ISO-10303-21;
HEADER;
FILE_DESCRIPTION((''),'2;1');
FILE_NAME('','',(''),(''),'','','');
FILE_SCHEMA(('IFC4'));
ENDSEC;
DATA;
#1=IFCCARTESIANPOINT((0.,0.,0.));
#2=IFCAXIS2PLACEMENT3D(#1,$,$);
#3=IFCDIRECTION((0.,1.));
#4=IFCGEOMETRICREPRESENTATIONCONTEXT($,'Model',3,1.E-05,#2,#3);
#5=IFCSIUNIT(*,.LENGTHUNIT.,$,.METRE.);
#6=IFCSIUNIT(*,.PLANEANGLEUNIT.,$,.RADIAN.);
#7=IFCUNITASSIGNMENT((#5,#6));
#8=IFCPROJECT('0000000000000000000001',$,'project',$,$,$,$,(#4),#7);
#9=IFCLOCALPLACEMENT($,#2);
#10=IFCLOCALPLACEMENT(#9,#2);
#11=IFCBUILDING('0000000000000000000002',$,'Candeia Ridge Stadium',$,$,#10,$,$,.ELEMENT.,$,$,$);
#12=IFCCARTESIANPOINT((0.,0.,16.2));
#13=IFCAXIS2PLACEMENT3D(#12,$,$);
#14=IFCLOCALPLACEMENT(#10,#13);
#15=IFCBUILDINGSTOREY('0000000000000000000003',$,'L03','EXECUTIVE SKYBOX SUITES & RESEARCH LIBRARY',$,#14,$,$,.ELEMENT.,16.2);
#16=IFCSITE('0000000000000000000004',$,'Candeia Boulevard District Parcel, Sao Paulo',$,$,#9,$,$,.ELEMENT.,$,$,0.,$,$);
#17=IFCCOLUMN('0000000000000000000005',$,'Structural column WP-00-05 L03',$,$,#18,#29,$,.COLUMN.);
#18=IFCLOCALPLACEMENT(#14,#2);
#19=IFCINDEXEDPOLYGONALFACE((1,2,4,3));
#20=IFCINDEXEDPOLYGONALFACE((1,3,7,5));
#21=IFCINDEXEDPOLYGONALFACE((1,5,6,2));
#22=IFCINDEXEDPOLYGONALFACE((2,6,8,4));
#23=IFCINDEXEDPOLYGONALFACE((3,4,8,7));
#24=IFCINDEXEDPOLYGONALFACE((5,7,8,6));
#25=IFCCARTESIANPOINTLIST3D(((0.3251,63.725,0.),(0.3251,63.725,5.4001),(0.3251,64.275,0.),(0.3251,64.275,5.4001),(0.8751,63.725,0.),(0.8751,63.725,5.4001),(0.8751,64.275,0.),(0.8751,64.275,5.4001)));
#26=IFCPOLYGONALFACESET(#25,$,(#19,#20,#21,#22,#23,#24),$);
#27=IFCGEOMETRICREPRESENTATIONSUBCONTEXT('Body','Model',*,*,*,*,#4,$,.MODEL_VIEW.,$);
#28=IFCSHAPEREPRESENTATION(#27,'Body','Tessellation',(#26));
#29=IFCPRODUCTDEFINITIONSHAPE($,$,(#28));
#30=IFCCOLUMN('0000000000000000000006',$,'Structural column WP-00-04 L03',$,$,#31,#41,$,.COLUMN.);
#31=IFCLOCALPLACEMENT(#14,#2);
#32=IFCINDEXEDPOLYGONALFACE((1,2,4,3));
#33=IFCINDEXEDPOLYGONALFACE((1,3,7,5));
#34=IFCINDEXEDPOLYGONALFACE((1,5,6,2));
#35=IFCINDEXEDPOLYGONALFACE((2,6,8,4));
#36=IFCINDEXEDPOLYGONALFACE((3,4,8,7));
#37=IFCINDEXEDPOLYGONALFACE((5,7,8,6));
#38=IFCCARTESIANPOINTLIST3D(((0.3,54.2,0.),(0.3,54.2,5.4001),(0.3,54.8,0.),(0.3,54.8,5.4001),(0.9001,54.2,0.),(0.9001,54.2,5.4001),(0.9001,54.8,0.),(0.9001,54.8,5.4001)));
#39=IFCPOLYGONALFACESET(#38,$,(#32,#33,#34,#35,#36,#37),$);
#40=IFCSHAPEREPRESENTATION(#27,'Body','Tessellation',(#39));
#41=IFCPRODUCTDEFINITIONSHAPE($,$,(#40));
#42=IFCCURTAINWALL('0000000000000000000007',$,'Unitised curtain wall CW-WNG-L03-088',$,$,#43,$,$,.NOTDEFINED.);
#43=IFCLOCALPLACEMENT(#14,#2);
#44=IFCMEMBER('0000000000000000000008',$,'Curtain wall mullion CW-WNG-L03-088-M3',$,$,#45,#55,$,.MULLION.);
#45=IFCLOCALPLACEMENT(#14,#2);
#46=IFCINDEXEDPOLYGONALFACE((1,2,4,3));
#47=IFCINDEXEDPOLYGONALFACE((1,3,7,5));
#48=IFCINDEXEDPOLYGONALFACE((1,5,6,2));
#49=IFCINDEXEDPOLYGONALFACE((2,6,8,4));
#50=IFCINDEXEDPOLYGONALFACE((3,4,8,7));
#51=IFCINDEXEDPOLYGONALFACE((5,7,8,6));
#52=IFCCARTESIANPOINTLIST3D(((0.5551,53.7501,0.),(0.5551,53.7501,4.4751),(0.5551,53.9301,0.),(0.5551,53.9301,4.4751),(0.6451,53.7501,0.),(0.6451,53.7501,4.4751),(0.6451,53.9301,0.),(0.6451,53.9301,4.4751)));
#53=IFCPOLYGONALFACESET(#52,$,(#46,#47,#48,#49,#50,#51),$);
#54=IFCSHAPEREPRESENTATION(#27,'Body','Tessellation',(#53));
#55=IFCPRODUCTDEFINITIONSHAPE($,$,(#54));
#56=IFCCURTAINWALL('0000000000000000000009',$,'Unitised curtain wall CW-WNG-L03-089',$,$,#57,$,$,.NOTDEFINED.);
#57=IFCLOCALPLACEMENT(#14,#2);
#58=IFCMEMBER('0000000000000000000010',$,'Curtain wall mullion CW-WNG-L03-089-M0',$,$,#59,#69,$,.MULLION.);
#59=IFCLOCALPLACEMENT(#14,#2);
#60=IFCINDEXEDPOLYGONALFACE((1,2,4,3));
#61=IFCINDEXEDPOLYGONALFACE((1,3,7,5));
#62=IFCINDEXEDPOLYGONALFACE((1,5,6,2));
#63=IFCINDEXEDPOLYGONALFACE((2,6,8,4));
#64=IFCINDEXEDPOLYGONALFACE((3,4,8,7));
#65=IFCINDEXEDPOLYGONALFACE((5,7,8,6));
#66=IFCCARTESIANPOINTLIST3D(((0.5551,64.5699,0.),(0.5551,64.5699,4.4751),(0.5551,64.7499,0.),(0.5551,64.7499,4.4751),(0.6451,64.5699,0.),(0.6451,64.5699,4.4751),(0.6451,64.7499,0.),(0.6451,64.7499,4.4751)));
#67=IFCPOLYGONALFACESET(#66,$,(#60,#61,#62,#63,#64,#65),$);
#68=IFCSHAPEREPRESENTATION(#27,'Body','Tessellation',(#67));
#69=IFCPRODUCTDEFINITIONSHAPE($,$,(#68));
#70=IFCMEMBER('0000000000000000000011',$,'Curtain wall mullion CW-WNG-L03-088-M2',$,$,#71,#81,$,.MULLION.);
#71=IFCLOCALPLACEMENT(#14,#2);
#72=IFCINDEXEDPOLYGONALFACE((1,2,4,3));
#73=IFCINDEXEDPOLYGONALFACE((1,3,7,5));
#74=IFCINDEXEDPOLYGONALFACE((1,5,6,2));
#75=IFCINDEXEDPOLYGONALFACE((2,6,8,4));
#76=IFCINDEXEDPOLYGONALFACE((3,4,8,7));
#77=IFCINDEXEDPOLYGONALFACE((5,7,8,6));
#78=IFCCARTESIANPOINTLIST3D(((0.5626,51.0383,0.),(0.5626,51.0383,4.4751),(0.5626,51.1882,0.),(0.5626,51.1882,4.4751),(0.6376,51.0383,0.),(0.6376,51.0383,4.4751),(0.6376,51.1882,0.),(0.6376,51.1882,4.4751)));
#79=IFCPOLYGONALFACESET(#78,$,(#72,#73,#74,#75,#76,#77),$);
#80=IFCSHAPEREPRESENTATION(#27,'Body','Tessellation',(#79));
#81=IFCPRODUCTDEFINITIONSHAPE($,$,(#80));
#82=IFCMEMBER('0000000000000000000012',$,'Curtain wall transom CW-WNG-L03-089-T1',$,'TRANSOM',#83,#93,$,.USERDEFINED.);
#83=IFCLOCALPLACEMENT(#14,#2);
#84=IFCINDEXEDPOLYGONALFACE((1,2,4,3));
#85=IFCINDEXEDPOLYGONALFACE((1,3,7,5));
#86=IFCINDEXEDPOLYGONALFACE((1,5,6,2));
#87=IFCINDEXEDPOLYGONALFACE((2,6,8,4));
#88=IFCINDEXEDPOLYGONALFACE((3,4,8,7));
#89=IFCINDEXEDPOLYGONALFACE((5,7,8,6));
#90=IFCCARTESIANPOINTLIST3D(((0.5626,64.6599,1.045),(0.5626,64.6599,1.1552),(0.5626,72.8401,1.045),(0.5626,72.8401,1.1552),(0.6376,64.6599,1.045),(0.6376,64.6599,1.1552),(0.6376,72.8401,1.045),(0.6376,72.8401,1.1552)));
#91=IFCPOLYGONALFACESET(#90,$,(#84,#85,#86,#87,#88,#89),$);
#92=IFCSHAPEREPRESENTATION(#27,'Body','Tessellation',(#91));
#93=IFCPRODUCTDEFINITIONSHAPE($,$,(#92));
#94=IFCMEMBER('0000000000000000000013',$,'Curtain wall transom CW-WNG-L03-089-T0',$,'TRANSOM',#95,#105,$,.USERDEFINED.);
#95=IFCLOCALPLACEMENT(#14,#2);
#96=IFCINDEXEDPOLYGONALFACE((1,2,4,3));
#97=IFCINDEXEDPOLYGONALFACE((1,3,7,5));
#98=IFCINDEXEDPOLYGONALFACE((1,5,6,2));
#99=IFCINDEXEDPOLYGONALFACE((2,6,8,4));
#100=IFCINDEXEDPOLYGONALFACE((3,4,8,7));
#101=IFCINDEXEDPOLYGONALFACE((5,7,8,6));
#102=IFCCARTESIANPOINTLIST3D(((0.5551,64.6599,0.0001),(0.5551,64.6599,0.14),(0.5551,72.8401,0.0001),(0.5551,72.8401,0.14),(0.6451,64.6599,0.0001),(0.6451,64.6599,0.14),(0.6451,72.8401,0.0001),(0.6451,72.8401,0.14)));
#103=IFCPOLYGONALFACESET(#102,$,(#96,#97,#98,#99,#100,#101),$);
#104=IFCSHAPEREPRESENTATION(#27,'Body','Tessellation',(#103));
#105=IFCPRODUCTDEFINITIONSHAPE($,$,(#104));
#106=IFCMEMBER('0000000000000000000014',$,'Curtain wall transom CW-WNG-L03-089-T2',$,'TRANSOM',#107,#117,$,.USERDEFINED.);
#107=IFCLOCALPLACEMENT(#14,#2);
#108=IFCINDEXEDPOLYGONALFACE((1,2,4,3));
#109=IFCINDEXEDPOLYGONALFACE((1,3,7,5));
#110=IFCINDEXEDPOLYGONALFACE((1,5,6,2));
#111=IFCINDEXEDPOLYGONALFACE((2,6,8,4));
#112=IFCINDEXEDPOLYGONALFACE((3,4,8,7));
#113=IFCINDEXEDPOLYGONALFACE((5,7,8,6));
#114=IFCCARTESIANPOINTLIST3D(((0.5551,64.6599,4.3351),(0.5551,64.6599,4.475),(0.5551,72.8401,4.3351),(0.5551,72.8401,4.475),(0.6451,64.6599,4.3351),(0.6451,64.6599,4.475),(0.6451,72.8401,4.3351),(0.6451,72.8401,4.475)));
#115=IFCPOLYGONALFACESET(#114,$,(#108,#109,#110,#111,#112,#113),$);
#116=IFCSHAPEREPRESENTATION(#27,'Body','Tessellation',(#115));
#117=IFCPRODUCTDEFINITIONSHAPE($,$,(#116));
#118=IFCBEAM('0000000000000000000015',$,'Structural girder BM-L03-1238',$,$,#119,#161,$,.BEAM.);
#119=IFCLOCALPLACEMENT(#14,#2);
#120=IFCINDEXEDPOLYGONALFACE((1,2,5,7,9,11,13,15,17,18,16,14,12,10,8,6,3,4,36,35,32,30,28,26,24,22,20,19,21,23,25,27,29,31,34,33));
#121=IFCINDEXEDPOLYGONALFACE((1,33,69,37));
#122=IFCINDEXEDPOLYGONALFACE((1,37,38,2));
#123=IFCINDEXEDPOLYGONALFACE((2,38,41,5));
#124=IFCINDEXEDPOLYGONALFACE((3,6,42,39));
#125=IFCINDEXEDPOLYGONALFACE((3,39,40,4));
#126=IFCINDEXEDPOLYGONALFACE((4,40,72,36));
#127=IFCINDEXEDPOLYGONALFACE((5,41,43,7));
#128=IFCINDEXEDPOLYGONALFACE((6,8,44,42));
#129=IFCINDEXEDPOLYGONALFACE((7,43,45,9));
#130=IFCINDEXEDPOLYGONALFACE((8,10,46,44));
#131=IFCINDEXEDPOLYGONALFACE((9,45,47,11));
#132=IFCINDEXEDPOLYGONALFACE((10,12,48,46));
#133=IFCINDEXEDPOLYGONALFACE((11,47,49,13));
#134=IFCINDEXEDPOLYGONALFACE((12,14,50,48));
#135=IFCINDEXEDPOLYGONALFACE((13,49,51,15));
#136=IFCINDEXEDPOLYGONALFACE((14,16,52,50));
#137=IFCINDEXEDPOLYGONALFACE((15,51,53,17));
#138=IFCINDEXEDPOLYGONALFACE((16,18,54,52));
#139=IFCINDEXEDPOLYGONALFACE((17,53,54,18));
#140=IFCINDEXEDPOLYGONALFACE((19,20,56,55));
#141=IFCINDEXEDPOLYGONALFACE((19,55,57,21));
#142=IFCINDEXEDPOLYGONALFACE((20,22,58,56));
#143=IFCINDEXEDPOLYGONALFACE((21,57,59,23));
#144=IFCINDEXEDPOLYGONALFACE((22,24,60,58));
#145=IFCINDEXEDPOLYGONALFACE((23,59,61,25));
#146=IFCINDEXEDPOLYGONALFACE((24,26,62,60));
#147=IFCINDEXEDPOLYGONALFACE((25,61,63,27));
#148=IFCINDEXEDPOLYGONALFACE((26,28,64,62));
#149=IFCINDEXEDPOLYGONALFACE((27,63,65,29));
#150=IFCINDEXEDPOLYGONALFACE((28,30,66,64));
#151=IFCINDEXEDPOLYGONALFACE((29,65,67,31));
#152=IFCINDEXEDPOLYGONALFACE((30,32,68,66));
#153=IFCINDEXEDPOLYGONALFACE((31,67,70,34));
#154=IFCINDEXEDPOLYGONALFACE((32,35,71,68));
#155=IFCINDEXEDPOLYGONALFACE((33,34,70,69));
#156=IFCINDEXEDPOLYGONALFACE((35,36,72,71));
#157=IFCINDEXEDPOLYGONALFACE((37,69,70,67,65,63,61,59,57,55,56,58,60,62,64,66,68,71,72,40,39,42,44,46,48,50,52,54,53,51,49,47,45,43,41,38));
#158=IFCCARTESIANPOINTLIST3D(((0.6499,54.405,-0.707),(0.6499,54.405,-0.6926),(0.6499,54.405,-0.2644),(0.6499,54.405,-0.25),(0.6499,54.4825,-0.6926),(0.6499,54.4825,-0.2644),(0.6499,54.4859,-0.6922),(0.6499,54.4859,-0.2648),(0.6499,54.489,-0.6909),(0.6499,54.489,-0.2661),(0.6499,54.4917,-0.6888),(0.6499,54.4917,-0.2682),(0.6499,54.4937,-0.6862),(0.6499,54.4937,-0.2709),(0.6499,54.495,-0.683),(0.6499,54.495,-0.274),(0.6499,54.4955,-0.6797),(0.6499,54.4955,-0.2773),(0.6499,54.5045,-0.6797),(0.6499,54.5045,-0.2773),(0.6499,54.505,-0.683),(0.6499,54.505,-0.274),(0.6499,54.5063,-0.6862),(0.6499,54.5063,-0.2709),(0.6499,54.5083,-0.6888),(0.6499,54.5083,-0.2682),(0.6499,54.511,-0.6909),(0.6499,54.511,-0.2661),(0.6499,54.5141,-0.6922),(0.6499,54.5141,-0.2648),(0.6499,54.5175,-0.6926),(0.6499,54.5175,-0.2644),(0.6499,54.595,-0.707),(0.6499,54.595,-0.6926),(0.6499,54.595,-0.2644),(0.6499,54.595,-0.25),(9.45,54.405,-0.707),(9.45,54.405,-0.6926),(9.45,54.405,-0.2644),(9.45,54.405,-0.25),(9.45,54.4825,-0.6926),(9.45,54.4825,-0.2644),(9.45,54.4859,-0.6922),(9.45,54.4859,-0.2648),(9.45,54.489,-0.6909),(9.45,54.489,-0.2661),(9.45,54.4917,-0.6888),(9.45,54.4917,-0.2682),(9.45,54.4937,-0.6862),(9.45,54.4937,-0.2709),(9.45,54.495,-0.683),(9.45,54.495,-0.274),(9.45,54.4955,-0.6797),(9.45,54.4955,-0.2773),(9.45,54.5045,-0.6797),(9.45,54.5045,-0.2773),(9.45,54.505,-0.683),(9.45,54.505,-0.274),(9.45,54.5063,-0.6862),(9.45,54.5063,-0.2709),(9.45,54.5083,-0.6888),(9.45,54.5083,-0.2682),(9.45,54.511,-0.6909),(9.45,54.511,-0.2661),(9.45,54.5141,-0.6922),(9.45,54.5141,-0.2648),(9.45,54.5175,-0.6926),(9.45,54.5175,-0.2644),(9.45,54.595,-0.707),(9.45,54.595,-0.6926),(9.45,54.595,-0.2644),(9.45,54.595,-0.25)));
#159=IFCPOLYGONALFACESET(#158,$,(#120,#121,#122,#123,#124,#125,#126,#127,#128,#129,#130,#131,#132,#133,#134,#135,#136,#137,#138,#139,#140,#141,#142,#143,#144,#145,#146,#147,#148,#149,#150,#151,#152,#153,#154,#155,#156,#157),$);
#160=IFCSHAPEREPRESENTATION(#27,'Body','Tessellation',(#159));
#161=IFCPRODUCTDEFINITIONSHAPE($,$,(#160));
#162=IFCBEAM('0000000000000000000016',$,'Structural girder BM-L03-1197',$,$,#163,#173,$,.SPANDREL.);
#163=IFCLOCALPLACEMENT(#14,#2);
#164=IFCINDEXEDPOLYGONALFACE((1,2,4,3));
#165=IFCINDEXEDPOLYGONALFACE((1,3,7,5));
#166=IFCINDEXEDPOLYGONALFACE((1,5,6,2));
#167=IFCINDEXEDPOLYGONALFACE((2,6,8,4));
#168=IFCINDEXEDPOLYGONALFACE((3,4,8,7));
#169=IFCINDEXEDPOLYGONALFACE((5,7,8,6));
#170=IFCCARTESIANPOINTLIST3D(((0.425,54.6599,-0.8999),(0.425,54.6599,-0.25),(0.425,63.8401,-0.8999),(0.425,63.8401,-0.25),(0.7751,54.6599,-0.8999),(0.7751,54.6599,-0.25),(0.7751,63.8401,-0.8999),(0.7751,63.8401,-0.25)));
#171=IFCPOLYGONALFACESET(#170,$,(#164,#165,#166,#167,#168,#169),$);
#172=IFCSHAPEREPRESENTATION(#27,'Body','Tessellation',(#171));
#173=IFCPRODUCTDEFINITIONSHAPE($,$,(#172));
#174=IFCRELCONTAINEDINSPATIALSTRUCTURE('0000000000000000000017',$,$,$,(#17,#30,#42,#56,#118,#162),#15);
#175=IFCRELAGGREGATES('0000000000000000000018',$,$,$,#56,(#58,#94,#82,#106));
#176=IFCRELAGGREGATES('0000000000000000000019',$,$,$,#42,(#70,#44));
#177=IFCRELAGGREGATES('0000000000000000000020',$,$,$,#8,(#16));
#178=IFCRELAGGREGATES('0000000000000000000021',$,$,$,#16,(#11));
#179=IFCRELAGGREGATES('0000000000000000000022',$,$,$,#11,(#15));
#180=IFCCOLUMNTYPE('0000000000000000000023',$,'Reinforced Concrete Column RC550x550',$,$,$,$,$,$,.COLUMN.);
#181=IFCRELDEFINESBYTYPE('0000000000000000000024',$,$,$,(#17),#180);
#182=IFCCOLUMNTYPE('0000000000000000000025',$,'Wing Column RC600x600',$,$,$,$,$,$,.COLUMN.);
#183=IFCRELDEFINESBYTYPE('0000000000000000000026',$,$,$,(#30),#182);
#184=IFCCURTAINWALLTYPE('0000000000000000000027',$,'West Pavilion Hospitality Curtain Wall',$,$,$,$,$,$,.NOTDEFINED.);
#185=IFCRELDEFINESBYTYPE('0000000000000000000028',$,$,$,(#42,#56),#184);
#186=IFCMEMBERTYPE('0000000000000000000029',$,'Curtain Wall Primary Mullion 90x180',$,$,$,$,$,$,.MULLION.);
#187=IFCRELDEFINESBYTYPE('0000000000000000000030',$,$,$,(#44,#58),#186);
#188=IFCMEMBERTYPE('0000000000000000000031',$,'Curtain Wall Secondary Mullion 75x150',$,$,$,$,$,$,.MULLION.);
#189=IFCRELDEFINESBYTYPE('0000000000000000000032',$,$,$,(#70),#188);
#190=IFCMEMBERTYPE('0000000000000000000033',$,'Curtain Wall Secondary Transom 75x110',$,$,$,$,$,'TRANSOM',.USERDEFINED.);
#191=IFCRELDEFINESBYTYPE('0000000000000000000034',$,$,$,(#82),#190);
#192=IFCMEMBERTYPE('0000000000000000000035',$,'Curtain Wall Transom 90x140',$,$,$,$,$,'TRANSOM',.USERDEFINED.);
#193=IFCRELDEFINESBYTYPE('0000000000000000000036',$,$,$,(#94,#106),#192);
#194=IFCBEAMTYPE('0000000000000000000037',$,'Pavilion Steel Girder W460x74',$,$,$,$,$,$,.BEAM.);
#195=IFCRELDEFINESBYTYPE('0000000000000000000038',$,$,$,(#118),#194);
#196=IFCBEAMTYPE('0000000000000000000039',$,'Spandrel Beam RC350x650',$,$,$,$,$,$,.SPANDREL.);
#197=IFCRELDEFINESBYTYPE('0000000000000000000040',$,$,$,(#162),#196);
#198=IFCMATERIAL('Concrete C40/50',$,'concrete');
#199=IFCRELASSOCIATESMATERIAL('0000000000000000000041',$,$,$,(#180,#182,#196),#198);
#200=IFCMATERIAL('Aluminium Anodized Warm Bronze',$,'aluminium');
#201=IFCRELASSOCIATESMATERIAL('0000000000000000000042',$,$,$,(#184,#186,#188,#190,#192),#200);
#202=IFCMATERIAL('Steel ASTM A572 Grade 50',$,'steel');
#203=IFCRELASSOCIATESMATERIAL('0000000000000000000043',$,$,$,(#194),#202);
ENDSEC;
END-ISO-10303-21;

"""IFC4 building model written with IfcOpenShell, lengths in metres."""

from ifc_helpers import new_model, si_unit, direction, frame, origin, origin_2d, place, context, subcontext, project, spatial, rectangle, i_section, extrude, material, material_profile, profile_set, type_object, element, aggregate, save


model = new_model("IFC4")

# Units and contexts
model_context = context("Model", 3, precision=1e-05, world=origin(), true_north=direction((0.0, 1.0)))
body_context = subcontext(model_context, "Body", "Model", "MODEL_VIEW")
ifc_project = project(units=[si_unit("LENGTHUNIT", "METRE"), si_unit("PLANEANGLEUNIT", "RADIAN")], contexts=[model_context])

# Site, building, storey
site_placement = place(None, origin())
site = spatial("IfcSite", under=ifc_project, at=site_placement, Name="Candeia Boulevard District Parcel, Sao Paulo", CompositionType="ELEMENT", RefElevation=0.0)
building_placement = place(site_placement, origin())
building = spatial("IfcBuilding", under=site, at=building_placement, Name="Candeia Ridge Stadium", CompositionType="ELEMENT")
storey_placement = place(building_placement, frame((0.0, 0.0, 16.2)))
storey = spatial("IfcBuildingStorey", under=building, at=storey_placement, Name="L03", Description="EXECUTIVE SKYBOX SUITES & RESEARCH LIBRARY", CompositionType="ELEMENT", Elevation=16.2)

# Columns
ifc_material_1 = material(Name="Concrete C40/50", Category="concrete")
ifc_material_profile_1 = material_profile(ifc_material_1, rectangle(XDim=0.55, YDim=0.55, at=origin_2d()), Name="RC550x550", Category="concrete")
ifc_profile_set_1 = profile_set([ifc_material_profile_1], Name="Concrete C40/50")
column_type_1 = type_object("IfcColumnType", Name="Reinforced Concrete Column RC550x550", PredefinedType="COLUMN", material=ifc_profile_set_1)
column_1_placement = place(storey_placement, frame((0.6001, 64.0, 0.0), z_axis=(0.0, 0.0, 1.0), x_axis=(1.0, 0.0, 0.0)))
element("IfcColumn", 1, at=column_1_placement, inside=storey, type_object=column_type_1, Name="Structural column WP-00-05 L03", PredefinedType="COLUMN", context=body_context, shape_type="SweptSolid", body=[
    extrude(rectangle(XDim=0.55, YDim=0.55, at=origin_2d()), origin(), (0.0, 0.0, 1.0), 5.4001),
])
ifc_material_profile_2 = material_profile(ifc_material_1, rectangle(XDim=0.6001, YDim=0.6001, at=origin_2d()), Name="RC600x600", Category="concrete")
ifc_profile_set_2 = profile_set([ifc_material_profile_2], Name="Concrete C40/50")
column_type_2 = type_object("IfcColumnType", Name="Wing Column RC600x600", PredefinedType="COLUMN", material=ifc_profile_set_2)
column_2_placement = place(storey_placement, frame((0.6001, 54.5, 0.0), z_axis=(0.0, 0.0, 1.0), x_axis=(1.0, 0.0, 0.0)))
element("IfcColumn", 2, at=column_2_placement, inside=storey, type_object=column_type_2, Name="Structural column WP-00-04 L03", PredefinedType="COLUMN", context=body_context, shape_type="SweptSolid", body=[
    extrude(rectangle(XDim=0.6001, YDim=0.6001, at=origin_2d()), origin(), (0.0, 0.0, 1.0), 5.4001),
])

# Curtain walls, members
ifc_material_2 = material(Name="Aluminium Anodized Warm Bronze", Category="aluminium")
curtain_wall_type = type_object("IfcCurtainWallType", Name="West Pavilion Hospitality Curtain Wall", PredefinedType="NOTDEFINED", material=ifc_material_2)
curtain_wall_1_placement = place(storey_placement, origin())
curtain_wall_1 = element("IfcCurtainWall", 3, at=curtain_wall_1_placement, inside=storey, type_object=curtain_wall_type, Name="Unitised curtain wall CW-WNG-L03-088", PredefinedType="NOTDEFINED")
ifc_material_profile_3 = material_profile(ifc_material_2, rectangle(XDim=0.0901, YDim=0.1799, at=origin_2d()), Name="CWM-90x180", Category="aluminium")
ifc_profile_set_3 = profile_set([ifc_material_profile_3], Name="Aluminium Anodized Warm Bronze")
member_type_1 = type_object("IfcMemberType", Name="Curtain Wall Primary Mullion 90x180", PredefinedType="MULLION", material=ifc_profile_set_3)
member_1_placement = place(storey_placement, frame((0.6001, 53.8401, 0.0), z_axis=(0.0, 0.0, 1.0), x_axis=(1.0, 0.0, 0.0)))
member_1 = element("IfcMember", 4, at=member_1_placement, type_object=member_type_1, Name="Curtain wall mullion CW-WNG-L03-088-M3", PredefinedType="MULLION", context=body_context, shape_type="SweptSolid", body=[
    extrude(rectangle(XDim=0.0901, YDim=0.1799, at=origin_2d()), origin(), (0.0, 0.0, 1.0), 4.4751),
])
curtain_wall_2_placement = place(storey_placement, origin())
curtain_wall_2 = element("IfcCurtainWall", 5, at=curtain_wall_2_placement, inside=storey, type_object=curtain_wall_type, Name="Unitised curtain wall CW-WNG-L03-089", PredefinedType="NOTDEFINED")
member_2_placement = place(storey_placement, frame((0.6001, 64.6599, 0.0), z_axis=(0.0, 0.0, 1.0), x_axis=(1.0, 0.0, 0.0)))
member_2 = element("IfcMember", 6, at=member_2_placement, type_object=member_type_1, Name="Curtain wall mullion CW-WNG-L03-089-M0", PredefinedType="MULLION", context=body_context, shape_type="SweptSolid", body=[
    extrude(rectangle(XDim=0.0901, YDim=0.1799, at=origin_2d()), origin(), (0.0, 0.0, 1.0), 4.4751),
])

# Members
ifc_material_profile_4 = material_profile(ifc_material_2, rectangle(XDim=0.075, YDim=0.1499, at=origin_2d()), Name="CWM-75x150", Category="aluminium")
ifc_profile_set_4 = profile_set([ifc_material_profile_4], Name="Aluminium Anodized Warm Bronze")
member_type_2 = type_object("IfcMemberType", Name="Curtain Wall Secondary Mullion 75x150", PredefinedType="MULLION", material=ifc_profile_set_4)
member_3_placement = place(storey_placement, frame((0.6001, 51.1133, 0.0), z_axis=(0.0, 0.0, 1.0), x_axis=(1.0, 0.0, 0.0)))
member_3 = element("IfcMember", 7, at=member_3_placement, type_object=member_type_2, Name="Curtain wall mullion CW-WNG-L03-088-M2", PredefinedType="MULLION", context=body_context, shape_type="SweptSolid", body=[
    extrude(rectangle(XDim=0.075, YDim=0.1499, at=origin_2d()), origin(), (0.0, 0.0, 1.0), 4.4751),
])
ifc_material_profile_5 = material_profile(ifc_material_2, rectangle(XDim=0.075, YDim=0.1101, at=origin_2d()), Name="CWT-75x110", Category="aluminium")
ifc_profile_set_5 = profile_set([ifc_material_profile_5], Name="Aluminium Anodized Warm Bronze")
member_type_3 = type_object("IfcMemberType", Name="Curtain Wall Secondary Transom 75x110", ElementType="TRANSOM", PredefinedType="USERDEFINED", material=ifc_profile_set_5)
member_4_placement = place(storey_placement, frame((0.6001, 64.6599, 1.1001), z_axis=(0.0, 1.0, 0.0), x_axis=(-1.0, 0.0, 0.0)))
member_4 = element("IfcMember", 8, at=member_4_placement, type_object=member_type_3, Name="Curtain wall transom CW-WNG-L03-089-T1", ObjectType="TRANSOM", PredefinedType="USERDEFINED", context=body_context, shape_type="SweptSolid", body=[
    extrude(rectangle(XDim=0.075, YDim=0.1101, at=origin_2d()), origin(), (0.0, 0.0, 1.0), 8.1802),
])
ifc_material_profile_6 = material_profile(ifc_material_2, rectangle(XDim=0.0901, YDim=0.1399, at=origin_2d()), Name="CWT-90x140", Category="aluminium")
ifc_profile_set_6 = profile_set([ifc_material_profile_6], Name="Aluminium Anodized Warm Bronze")
member_type_4 = type_object("IfcMemberType", Name="Curtain Wall Transom 90x140", ElementType="TRANSOM", PredefinedType="USERDEFINED", material=ifc_profile_set_6)
member_5_placement = place(storey_placement, frame((0.6001, 64.6599, 0.0701), z_axis=(0.0, 1.0, 0.0), x_axis=(-1.0, 0.0, 0.0)))
member_5 = element("IfcMember", 9, at=member_5_placement, type_object=member_type_4, Name="Curtain wall transom CW-WNG-L03-089-T0", ObjectType="TRANSOM", PredefinedType="USERDEFINED", context=body_context, shape_type="SweptSolid", body=[
    extrude(rectangle(XDim=0.0901, YDim=0.1399, at=origin_2d()), origin(), (0.0, 0.0, 1.0), 8.1802),
])
member_6_placement = place(storey_placement, frame((0.6001, 64.6599, 4.405), z_axis=(0.0, 1.0, 0.0), x_axis=(-1.0, 0.0, 0.0)))
member_6 = element("IfcMember", 10, at=member_6_placement, type_object=member_type_4, Name="Curtain wall transom CW-WNG-L03-089-T2", ObjectType="TRANSOM", PredefinedType="USERDEFINED", context=body_context, shape_type="SweptSolid", body=[
    extrude(rectangle(XDim=0.0901, YDim=0.1399, at=origin_2d()), origin(), (0.0, 0.0, 1.0), 8.1802),
])
aggregate(curtain_wall_2, [member_2, member_5, member_4, member_6])

# Beams
ifc_material_3 = material(Name="Steel ASTM A572 Grade 50", Category="steel")
ifc_material_profile_7 = material_profile(ifc_material_3, i_section(OverallWidth=0.1899, OverallDepth=0.457, WebThickness=0.009, FlangeThickness=0.0144, FilletRadius=0.0129, at=origin_2d()), Name="W460x74", Category="steel")
ifc_profile_set_7 = profile_set([ifc_material_profile_7], Name="Steel ASTM A572 Grade 50")
beam_type_1 = type_object("IfcBeamType", Name="Pavilion Steel Girder W460x74", PredefinedType="BEAM", material=ifc_profile_set_7)
beam_placement = place(storey_placement, frame((0.6499, 54.5, -0.4785), z_axis=(1.0, 0.0, 0.0), x_axis=(0.0, 1.0, 0.0)))
element("IfcBeam", 11, at=beam_placement, inside=storey, type_object=beam_type_1, Name="Structural girder BM-L03-1238", PredefinedType="BEAM", context=body_context, shape_type="SweptSolid", body=[
    extrude(i_section(OverallWidth=0.1899, OverallDepth=0.457, WebThickness=0.009, FlangeThickness=0.0144, FilletRadius=0.0129, at=origin_2d()), origin(), (0.0, 0.0, 1.0), 8.8),
])
ifc_material_profile_8 = material_profile(ifc_material_1, rectangle(XDim=0.3501, YDim=0.6499, at=origin_2d()), Name="RC350x650", Category="concrete")
ifc_profile_set_8 = profile_set([ifc_material_profile_8], Name="Concrete C40/50")
beam_type_2 = type_object("IfcBeamType", Name="Spandrel Beam RC350x650", PredefinedType="SPANDREL", material=ifc_profile_set_8)
for number, where, z_axis, x_axis, name in (
    (12, (0.6001, 54.6599, -0.575), (0.0, 1.0, 0.0), (-1.0, 0.0, 0.0), "Structural girder BM-L03-1197"),
):
    element("IfcBeam", number, at=place(storey_placement, frame(where, z_axis=z_axis, x_axis=x_axis)), inside=storey, type_object=beam_type_2, Name=name, PredefinedType="SPANDREL", context=body_context, shape_type="SweptSolid", body=[
        extrude(rectangle(XDim=0.3501, YDim=0.6499, at=origin_2d()), origin(), (0.0, 0.0, 1.0), 9.1802),
    ])

aggregate(curtain_wall_1, [member_3, member_1])

save(model, "model.ifc")
